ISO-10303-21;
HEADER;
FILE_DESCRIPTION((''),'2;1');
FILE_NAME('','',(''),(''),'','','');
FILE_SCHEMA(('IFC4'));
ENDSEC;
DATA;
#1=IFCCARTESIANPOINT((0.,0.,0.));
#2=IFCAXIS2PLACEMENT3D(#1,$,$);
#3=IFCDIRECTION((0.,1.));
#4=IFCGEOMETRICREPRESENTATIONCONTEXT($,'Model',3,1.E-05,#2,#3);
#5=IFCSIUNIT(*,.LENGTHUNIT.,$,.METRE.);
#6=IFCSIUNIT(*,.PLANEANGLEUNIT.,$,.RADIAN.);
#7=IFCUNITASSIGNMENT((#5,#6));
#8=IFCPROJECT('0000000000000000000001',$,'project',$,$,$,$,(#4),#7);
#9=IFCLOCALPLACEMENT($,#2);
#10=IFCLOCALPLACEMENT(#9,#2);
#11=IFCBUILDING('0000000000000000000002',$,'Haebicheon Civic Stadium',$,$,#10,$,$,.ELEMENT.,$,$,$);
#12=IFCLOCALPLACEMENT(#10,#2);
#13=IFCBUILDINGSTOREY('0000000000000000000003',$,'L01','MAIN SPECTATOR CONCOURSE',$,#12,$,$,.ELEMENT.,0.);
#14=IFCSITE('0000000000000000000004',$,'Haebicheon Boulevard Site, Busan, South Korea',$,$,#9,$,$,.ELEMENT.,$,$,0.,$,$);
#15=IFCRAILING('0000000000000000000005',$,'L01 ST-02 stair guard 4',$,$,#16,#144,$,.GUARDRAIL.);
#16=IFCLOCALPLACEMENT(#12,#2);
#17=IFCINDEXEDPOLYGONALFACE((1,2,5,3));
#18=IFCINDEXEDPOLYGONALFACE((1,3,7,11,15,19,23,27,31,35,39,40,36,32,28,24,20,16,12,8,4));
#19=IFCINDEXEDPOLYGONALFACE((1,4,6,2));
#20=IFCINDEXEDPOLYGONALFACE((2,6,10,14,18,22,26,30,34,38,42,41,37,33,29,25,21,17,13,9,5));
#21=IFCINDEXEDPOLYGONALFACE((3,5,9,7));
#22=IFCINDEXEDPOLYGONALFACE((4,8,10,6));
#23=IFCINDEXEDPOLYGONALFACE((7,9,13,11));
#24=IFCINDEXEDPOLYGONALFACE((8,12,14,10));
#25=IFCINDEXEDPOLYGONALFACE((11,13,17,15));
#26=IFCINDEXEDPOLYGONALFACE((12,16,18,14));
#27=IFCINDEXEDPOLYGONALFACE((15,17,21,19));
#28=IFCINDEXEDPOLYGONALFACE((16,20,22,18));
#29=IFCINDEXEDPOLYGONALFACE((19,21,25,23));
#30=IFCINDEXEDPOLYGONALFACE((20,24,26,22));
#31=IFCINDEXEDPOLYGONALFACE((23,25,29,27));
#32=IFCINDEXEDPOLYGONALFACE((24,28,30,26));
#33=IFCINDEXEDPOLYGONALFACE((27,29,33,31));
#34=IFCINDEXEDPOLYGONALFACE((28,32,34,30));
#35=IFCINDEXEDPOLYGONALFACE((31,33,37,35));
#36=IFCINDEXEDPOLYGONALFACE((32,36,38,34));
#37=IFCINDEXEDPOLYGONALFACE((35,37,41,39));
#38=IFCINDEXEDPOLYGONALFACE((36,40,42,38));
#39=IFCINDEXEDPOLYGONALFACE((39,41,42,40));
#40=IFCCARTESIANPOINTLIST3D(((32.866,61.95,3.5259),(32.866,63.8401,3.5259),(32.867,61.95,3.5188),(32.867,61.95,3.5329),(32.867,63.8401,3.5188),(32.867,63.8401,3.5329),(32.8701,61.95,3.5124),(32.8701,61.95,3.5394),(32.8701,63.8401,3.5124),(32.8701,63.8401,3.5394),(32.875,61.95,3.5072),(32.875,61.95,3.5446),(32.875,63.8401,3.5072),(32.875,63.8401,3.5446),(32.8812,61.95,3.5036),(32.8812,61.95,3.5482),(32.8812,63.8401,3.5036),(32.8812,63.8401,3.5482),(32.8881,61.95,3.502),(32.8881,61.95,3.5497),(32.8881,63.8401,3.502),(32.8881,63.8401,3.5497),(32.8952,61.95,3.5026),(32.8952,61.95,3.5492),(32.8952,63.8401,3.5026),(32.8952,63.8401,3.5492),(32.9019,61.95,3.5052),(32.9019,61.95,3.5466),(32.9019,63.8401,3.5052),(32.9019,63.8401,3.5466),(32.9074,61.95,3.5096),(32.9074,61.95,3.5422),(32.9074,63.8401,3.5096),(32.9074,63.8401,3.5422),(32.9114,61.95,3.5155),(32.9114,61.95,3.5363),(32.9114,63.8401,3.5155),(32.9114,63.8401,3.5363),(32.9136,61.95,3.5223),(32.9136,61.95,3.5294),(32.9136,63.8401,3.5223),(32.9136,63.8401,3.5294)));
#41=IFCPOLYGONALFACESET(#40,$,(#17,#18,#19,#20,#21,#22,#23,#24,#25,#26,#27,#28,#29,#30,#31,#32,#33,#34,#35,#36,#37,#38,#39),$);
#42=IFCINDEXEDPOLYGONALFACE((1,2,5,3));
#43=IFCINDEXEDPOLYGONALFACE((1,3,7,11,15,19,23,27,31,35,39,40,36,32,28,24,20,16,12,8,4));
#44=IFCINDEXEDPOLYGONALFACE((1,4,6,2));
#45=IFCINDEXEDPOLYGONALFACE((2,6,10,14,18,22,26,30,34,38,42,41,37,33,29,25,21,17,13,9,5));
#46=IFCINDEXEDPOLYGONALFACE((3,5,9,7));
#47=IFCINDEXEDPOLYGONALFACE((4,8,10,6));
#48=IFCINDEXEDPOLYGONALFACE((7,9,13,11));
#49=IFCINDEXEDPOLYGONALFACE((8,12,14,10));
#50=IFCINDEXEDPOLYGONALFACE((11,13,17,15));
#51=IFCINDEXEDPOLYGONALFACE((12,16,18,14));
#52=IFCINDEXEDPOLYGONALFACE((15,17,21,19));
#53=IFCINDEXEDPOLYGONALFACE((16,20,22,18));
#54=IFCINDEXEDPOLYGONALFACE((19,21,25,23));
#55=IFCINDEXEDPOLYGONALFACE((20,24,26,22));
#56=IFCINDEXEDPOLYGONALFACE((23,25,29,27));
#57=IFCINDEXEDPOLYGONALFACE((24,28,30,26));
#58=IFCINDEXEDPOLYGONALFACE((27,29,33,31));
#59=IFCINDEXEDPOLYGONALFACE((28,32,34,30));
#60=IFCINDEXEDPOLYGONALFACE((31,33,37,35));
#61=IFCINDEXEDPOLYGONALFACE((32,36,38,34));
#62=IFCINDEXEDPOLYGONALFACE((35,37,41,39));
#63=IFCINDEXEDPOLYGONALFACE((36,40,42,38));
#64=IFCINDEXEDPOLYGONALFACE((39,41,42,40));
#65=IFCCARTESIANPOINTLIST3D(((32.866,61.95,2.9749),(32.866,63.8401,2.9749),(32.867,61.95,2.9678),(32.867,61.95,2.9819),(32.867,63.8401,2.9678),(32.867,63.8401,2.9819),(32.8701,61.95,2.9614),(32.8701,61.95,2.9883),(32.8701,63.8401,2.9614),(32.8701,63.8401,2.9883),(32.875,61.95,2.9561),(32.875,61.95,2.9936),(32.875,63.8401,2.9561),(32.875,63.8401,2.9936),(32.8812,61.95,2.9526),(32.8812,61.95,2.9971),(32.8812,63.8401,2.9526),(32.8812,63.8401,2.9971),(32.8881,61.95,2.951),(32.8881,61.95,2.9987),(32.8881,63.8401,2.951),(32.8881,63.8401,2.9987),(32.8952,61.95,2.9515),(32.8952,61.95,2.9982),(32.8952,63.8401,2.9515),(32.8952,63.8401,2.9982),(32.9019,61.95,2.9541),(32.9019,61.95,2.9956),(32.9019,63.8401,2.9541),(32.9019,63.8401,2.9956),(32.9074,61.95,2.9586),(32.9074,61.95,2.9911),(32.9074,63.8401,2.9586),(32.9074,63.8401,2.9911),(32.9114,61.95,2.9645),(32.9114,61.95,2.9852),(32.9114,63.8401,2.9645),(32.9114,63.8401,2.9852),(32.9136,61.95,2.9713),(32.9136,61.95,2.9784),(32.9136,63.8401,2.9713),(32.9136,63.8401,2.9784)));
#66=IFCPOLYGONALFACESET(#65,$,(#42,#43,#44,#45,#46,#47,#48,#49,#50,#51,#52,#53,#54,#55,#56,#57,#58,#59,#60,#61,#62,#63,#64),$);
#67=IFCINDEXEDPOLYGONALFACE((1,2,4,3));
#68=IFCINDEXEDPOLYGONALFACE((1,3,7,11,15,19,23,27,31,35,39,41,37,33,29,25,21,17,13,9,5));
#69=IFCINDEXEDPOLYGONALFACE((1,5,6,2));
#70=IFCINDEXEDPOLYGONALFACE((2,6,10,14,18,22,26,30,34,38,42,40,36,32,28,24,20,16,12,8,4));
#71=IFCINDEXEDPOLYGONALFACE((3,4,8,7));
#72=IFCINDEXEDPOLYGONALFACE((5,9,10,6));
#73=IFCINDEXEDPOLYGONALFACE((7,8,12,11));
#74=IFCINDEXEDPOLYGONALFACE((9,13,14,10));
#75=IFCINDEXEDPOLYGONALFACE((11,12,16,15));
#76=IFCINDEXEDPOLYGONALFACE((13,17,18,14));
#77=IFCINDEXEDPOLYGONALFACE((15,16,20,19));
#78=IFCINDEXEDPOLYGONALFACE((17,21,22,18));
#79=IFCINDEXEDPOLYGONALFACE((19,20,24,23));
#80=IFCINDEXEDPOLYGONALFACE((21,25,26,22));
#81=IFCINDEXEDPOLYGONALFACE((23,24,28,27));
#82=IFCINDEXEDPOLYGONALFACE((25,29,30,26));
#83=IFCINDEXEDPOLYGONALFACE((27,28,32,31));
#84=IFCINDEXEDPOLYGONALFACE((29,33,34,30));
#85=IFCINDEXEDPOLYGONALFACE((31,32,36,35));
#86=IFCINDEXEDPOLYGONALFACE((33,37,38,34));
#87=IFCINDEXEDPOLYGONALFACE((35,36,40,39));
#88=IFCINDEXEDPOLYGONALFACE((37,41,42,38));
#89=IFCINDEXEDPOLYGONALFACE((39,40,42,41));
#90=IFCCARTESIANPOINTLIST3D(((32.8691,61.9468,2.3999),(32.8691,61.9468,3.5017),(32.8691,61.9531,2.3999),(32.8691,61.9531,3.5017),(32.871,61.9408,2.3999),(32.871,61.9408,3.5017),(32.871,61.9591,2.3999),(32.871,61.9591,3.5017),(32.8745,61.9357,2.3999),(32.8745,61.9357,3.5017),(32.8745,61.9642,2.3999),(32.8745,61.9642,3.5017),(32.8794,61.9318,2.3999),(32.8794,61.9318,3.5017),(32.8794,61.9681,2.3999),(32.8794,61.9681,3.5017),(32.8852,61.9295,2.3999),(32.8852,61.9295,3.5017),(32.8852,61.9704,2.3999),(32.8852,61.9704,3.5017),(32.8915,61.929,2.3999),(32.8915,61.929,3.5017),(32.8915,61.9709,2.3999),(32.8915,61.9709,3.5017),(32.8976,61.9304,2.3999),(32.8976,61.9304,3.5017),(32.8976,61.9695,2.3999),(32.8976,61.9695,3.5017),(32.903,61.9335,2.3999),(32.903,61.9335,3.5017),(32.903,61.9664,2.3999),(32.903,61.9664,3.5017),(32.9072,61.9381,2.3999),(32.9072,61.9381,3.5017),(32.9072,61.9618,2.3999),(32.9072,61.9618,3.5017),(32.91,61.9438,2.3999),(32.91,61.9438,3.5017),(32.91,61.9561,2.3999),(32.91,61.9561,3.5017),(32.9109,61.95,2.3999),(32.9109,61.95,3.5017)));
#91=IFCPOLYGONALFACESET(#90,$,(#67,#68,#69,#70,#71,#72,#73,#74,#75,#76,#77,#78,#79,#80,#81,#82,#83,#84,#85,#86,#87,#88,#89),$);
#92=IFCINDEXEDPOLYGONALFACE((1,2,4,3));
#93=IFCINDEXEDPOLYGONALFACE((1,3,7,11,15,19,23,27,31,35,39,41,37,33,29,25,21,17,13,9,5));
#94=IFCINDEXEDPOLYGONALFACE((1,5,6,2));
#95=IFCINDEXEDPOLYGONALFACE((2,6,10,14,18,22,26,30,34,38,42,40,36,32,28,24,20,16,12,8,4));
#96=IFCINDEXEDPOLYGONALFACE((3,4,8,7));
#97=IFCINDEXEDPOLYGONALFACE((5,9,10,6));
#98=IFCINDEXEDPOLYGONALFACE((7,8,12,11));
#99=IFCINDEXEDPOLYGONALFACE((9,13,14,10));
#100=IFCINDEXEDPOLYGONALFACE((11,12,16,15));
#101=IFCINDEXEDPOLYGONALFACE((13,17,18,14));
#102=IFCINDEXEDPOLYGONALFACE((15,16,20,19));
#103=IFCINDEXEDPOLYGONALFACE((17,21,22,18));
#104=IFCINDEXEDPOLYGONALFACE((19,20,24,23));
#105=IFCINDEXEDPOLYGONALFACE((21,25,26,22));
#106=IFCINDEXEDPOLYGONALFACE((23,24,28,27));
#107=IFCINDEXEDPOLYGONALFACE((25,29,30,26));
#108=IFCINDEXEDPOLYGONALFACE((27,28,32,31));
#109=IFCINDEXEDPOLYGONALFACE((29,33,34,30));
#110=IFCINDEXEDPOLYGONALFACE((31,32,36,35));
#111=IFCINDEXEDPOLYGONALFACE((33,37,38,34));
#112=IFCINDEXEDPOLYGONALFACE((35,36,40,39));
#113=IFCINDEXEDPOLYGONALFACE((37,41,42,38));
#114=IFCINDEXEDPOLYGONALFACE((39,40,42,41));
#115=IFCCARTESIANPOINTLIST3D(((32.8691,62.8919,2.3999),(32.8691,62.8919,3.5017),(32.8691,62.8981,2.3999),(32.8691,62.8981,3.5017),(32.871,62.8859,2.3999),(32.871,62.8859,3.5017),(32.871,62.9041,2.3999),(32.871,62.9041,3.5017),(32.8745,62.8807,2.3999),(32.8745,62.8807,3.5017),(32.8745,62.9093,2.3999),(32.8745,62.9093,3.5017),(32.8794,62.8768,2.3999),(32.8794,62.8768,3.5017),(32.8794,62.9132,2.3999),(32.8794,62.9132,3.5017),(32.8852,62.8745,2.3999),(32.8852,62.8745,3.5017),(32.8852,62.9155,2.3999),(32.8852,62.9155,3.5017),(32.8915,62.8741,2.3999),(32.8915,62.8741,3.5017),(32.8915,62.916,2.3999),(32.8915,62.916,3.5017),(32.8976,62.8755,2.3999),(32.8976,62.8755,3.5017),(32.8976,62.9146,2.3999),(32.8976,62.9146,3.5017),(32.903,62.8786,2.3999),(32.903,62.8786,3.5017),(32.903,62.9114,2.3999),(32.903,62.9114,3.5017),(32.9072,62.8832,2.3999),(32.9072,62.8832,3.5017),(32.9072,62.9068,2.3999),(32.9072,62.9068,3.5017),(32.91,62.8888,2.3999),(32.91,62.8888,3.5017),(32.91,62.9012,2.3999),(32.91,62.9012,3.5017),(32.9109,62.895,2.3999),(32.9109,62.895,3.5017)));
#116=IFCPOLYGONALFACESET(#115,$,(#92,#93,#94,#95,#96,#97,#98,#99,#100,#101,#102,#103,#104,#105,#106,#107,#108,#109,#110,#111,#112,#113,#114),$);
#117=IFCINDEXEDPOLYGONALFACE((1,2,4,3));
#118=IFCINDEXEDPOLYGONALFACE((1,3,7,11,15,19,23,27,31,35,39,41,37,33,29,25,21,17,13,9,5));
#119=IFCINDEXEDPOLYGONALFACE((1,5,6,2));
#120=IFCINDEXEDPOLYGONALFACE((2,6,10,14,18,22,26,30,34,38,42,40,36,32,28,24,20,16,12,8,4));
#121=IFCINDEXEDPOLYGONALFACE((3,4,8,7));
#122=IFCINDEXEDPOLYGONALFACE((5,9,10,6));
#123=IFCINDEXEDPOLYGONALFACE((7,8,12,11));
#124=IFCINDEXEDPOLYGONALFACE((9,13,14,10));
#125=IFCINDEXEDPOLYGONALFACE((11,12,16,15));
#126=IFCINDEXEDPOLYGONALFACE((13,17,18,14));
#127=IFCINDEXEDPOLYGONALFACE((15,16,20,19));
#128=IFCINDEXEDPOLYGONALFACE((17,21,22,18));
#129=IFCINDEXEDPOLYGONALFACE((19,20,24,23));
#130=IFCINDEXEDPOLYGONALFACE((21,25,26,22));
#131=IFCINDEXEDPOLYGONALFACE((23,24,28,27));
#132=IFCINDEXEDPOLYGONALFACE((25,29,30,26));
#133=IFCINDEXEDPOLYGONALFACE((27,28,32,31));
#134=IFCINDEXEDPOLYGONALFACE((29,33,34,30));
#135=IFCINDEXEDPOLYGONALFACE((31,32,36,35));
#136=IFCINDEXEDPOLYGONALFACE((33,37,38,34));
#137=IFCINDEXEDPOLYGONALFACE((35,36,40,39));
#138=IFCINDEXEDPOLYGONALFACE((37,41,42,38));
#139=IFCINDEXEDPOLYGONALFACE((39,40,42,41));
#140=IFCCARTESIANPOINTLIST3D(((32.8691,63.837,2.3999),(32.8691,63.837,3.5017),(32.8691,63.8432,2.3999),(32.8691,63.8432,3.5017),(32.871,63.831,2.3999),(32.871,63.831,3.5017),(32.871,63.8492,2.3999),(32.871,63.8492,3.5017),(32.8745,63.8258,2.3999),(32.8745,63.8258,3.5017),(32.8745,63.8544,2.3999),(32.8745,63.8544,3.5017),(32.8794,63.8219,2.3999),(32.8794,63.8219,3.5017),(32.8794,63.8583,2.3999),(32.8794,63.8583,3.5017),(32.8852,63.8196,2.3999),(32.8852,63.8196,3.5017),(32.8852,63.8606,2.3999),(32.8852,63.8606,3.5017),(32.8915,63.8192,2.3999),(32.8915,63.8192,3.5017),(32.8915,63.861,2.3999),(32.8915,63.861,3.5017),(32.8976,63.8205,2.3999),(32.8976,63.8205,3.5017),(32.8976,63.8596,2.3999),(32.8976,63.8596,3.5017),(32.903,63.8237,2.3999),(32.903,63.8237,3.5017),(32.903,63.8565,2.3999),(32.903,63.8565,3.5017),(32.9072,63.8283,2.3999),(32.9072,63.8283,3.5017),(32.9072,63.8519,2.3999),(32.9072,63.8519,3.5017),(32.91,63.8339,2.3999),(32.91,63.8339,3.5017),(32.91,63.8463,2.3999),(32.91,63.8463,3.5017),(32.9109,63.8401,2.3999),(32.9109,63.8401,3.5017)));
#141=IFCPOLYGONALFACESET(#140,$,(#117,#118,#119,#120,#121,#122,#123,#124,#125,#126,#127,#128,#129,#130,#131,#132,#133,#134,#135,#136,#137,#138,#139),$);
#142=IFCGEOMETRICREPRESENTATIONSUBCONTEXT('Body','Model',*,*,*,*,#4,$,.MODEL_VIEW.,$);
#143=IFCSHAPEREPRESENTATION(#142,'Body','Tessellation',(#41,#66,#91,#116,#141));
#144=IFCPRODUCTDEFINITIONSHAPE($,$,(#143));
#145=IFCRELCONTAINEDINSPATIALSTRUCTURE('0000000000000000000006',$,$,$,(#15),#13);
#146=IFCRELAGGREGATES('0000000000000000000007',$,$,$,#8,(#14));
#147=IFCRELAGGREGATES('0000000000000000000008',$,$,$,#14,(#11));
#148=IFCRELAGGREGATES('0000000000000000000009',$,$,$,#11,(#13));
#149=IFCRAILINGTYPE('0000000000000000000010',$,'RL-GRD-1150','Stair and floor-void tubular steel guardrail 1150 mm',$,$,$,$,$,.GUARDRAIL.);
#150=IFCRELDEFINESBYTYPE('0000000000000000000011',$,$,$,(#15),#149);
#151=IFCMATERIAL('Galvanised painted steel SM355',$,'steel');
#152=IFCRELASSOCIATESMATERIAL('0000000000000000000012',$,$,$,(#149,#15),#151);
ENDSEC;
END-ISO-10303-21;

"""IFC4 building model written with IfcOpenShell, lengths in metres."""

from ifc_helpers import new_model, si_unit, direction, frame, origin, origin_2d, place, context, subcontext, project, spatial, circle, extrude, material, type_object, element, save


model = new_model("IFC4")

# Units and contexts
model_context = context("Model", 3, precision=1e-05, world=origin(), true_north=direction((0.0, 1.0)))
body_context = subcontext(model_context, "Body", "Model", "MODEL_VIEW")
ifc_project = project(units=[si_unit("LENGTHUNIT", "METRE"), si_unit("PLANEANGLEUNIT", "RADIAN")], contexts=[model_context])

# Site, building, storey
site_placement = place(None, origin())
site = spatial("IfcSite", under=ifc_project, at=site_placement, Name="Haebicheon Boulevard Site, Busan, South Korea", CompositionType="ELEMENT", RefElevation=0.0)
building_placement = place(site_placement, origin())
building = spatial("IfcBuilding", under=site, at=building_placement, Name="Haebicheon Civic Stadium", CompositionType="ELEMENT")
storey_placement = place(building_placement, origin())
storey = spatial("IfcBuildingStorey", under=building, at=storey_placement, Name="L01", Description="MAIN SPECTATOR CONCOURSE", CompositionType="ELEMENT", Elevation=0.0)

# Railing
ifc_material_1 = material(Name="Galvanised painted steel SM355", Category="steel")
railing_type_1 = type_object("IfcRailingType", Name="RL-GRD-1150", Description="Stair and floor-void tubular steel guardrail 1150 mm", PredefinedType="GUARDRAIL", material=ifc_material_1)
for number, where, name in (
    (1, (32.8899, 61.95, 2.3999), "L01 ST-02 stair guard 4"),
):
    element("IfcRailing", number, at=place(storey_placement, frame(where)), inside=storey, type_object=railing_type_1, material=ifc_material_1, Name=name, PredefinedType="GUARDRAIL", context=body_context, shape_type="SweptSolid", body=[
        extrude(circle(Radius=0.0239, at=origin_2d()), frame((0.0, 0.0, 1.126), z_axis=(0.0, 1.0, 0.0), x_axis=(-1.0, 0.0, 0.0)), (0.0, 0.0, 1.0), 1.8901),
        extrude(circle(Radius=0.0239, at=origin_2d()), frame((0.0, 0.0, 0.575), z_axis=(0.0, 1.0, 0.0), x_axis=(-1.0, 0.0, 0.0)), (0.0, 0.0, 1.0), 1.8901),
        extrude(circle(Radius=0.021, at=origin_2d()), origin(), (0.0, 0.0, 1.0), 1.1018),
        extrude(circle(Radius=0.021, at=origin_2d()), frame((0.0, 0.9451, 0.0)), (0.0, 0.0, 1.0), 1.1018),
        extrude(circle(Radius=0.021, at=origin_2d()), frame((0.0, 1.8901, 0.0)), (0.0, 0.0, 1.0), 1.1018),
    ])

save(model, "model.ifc")
